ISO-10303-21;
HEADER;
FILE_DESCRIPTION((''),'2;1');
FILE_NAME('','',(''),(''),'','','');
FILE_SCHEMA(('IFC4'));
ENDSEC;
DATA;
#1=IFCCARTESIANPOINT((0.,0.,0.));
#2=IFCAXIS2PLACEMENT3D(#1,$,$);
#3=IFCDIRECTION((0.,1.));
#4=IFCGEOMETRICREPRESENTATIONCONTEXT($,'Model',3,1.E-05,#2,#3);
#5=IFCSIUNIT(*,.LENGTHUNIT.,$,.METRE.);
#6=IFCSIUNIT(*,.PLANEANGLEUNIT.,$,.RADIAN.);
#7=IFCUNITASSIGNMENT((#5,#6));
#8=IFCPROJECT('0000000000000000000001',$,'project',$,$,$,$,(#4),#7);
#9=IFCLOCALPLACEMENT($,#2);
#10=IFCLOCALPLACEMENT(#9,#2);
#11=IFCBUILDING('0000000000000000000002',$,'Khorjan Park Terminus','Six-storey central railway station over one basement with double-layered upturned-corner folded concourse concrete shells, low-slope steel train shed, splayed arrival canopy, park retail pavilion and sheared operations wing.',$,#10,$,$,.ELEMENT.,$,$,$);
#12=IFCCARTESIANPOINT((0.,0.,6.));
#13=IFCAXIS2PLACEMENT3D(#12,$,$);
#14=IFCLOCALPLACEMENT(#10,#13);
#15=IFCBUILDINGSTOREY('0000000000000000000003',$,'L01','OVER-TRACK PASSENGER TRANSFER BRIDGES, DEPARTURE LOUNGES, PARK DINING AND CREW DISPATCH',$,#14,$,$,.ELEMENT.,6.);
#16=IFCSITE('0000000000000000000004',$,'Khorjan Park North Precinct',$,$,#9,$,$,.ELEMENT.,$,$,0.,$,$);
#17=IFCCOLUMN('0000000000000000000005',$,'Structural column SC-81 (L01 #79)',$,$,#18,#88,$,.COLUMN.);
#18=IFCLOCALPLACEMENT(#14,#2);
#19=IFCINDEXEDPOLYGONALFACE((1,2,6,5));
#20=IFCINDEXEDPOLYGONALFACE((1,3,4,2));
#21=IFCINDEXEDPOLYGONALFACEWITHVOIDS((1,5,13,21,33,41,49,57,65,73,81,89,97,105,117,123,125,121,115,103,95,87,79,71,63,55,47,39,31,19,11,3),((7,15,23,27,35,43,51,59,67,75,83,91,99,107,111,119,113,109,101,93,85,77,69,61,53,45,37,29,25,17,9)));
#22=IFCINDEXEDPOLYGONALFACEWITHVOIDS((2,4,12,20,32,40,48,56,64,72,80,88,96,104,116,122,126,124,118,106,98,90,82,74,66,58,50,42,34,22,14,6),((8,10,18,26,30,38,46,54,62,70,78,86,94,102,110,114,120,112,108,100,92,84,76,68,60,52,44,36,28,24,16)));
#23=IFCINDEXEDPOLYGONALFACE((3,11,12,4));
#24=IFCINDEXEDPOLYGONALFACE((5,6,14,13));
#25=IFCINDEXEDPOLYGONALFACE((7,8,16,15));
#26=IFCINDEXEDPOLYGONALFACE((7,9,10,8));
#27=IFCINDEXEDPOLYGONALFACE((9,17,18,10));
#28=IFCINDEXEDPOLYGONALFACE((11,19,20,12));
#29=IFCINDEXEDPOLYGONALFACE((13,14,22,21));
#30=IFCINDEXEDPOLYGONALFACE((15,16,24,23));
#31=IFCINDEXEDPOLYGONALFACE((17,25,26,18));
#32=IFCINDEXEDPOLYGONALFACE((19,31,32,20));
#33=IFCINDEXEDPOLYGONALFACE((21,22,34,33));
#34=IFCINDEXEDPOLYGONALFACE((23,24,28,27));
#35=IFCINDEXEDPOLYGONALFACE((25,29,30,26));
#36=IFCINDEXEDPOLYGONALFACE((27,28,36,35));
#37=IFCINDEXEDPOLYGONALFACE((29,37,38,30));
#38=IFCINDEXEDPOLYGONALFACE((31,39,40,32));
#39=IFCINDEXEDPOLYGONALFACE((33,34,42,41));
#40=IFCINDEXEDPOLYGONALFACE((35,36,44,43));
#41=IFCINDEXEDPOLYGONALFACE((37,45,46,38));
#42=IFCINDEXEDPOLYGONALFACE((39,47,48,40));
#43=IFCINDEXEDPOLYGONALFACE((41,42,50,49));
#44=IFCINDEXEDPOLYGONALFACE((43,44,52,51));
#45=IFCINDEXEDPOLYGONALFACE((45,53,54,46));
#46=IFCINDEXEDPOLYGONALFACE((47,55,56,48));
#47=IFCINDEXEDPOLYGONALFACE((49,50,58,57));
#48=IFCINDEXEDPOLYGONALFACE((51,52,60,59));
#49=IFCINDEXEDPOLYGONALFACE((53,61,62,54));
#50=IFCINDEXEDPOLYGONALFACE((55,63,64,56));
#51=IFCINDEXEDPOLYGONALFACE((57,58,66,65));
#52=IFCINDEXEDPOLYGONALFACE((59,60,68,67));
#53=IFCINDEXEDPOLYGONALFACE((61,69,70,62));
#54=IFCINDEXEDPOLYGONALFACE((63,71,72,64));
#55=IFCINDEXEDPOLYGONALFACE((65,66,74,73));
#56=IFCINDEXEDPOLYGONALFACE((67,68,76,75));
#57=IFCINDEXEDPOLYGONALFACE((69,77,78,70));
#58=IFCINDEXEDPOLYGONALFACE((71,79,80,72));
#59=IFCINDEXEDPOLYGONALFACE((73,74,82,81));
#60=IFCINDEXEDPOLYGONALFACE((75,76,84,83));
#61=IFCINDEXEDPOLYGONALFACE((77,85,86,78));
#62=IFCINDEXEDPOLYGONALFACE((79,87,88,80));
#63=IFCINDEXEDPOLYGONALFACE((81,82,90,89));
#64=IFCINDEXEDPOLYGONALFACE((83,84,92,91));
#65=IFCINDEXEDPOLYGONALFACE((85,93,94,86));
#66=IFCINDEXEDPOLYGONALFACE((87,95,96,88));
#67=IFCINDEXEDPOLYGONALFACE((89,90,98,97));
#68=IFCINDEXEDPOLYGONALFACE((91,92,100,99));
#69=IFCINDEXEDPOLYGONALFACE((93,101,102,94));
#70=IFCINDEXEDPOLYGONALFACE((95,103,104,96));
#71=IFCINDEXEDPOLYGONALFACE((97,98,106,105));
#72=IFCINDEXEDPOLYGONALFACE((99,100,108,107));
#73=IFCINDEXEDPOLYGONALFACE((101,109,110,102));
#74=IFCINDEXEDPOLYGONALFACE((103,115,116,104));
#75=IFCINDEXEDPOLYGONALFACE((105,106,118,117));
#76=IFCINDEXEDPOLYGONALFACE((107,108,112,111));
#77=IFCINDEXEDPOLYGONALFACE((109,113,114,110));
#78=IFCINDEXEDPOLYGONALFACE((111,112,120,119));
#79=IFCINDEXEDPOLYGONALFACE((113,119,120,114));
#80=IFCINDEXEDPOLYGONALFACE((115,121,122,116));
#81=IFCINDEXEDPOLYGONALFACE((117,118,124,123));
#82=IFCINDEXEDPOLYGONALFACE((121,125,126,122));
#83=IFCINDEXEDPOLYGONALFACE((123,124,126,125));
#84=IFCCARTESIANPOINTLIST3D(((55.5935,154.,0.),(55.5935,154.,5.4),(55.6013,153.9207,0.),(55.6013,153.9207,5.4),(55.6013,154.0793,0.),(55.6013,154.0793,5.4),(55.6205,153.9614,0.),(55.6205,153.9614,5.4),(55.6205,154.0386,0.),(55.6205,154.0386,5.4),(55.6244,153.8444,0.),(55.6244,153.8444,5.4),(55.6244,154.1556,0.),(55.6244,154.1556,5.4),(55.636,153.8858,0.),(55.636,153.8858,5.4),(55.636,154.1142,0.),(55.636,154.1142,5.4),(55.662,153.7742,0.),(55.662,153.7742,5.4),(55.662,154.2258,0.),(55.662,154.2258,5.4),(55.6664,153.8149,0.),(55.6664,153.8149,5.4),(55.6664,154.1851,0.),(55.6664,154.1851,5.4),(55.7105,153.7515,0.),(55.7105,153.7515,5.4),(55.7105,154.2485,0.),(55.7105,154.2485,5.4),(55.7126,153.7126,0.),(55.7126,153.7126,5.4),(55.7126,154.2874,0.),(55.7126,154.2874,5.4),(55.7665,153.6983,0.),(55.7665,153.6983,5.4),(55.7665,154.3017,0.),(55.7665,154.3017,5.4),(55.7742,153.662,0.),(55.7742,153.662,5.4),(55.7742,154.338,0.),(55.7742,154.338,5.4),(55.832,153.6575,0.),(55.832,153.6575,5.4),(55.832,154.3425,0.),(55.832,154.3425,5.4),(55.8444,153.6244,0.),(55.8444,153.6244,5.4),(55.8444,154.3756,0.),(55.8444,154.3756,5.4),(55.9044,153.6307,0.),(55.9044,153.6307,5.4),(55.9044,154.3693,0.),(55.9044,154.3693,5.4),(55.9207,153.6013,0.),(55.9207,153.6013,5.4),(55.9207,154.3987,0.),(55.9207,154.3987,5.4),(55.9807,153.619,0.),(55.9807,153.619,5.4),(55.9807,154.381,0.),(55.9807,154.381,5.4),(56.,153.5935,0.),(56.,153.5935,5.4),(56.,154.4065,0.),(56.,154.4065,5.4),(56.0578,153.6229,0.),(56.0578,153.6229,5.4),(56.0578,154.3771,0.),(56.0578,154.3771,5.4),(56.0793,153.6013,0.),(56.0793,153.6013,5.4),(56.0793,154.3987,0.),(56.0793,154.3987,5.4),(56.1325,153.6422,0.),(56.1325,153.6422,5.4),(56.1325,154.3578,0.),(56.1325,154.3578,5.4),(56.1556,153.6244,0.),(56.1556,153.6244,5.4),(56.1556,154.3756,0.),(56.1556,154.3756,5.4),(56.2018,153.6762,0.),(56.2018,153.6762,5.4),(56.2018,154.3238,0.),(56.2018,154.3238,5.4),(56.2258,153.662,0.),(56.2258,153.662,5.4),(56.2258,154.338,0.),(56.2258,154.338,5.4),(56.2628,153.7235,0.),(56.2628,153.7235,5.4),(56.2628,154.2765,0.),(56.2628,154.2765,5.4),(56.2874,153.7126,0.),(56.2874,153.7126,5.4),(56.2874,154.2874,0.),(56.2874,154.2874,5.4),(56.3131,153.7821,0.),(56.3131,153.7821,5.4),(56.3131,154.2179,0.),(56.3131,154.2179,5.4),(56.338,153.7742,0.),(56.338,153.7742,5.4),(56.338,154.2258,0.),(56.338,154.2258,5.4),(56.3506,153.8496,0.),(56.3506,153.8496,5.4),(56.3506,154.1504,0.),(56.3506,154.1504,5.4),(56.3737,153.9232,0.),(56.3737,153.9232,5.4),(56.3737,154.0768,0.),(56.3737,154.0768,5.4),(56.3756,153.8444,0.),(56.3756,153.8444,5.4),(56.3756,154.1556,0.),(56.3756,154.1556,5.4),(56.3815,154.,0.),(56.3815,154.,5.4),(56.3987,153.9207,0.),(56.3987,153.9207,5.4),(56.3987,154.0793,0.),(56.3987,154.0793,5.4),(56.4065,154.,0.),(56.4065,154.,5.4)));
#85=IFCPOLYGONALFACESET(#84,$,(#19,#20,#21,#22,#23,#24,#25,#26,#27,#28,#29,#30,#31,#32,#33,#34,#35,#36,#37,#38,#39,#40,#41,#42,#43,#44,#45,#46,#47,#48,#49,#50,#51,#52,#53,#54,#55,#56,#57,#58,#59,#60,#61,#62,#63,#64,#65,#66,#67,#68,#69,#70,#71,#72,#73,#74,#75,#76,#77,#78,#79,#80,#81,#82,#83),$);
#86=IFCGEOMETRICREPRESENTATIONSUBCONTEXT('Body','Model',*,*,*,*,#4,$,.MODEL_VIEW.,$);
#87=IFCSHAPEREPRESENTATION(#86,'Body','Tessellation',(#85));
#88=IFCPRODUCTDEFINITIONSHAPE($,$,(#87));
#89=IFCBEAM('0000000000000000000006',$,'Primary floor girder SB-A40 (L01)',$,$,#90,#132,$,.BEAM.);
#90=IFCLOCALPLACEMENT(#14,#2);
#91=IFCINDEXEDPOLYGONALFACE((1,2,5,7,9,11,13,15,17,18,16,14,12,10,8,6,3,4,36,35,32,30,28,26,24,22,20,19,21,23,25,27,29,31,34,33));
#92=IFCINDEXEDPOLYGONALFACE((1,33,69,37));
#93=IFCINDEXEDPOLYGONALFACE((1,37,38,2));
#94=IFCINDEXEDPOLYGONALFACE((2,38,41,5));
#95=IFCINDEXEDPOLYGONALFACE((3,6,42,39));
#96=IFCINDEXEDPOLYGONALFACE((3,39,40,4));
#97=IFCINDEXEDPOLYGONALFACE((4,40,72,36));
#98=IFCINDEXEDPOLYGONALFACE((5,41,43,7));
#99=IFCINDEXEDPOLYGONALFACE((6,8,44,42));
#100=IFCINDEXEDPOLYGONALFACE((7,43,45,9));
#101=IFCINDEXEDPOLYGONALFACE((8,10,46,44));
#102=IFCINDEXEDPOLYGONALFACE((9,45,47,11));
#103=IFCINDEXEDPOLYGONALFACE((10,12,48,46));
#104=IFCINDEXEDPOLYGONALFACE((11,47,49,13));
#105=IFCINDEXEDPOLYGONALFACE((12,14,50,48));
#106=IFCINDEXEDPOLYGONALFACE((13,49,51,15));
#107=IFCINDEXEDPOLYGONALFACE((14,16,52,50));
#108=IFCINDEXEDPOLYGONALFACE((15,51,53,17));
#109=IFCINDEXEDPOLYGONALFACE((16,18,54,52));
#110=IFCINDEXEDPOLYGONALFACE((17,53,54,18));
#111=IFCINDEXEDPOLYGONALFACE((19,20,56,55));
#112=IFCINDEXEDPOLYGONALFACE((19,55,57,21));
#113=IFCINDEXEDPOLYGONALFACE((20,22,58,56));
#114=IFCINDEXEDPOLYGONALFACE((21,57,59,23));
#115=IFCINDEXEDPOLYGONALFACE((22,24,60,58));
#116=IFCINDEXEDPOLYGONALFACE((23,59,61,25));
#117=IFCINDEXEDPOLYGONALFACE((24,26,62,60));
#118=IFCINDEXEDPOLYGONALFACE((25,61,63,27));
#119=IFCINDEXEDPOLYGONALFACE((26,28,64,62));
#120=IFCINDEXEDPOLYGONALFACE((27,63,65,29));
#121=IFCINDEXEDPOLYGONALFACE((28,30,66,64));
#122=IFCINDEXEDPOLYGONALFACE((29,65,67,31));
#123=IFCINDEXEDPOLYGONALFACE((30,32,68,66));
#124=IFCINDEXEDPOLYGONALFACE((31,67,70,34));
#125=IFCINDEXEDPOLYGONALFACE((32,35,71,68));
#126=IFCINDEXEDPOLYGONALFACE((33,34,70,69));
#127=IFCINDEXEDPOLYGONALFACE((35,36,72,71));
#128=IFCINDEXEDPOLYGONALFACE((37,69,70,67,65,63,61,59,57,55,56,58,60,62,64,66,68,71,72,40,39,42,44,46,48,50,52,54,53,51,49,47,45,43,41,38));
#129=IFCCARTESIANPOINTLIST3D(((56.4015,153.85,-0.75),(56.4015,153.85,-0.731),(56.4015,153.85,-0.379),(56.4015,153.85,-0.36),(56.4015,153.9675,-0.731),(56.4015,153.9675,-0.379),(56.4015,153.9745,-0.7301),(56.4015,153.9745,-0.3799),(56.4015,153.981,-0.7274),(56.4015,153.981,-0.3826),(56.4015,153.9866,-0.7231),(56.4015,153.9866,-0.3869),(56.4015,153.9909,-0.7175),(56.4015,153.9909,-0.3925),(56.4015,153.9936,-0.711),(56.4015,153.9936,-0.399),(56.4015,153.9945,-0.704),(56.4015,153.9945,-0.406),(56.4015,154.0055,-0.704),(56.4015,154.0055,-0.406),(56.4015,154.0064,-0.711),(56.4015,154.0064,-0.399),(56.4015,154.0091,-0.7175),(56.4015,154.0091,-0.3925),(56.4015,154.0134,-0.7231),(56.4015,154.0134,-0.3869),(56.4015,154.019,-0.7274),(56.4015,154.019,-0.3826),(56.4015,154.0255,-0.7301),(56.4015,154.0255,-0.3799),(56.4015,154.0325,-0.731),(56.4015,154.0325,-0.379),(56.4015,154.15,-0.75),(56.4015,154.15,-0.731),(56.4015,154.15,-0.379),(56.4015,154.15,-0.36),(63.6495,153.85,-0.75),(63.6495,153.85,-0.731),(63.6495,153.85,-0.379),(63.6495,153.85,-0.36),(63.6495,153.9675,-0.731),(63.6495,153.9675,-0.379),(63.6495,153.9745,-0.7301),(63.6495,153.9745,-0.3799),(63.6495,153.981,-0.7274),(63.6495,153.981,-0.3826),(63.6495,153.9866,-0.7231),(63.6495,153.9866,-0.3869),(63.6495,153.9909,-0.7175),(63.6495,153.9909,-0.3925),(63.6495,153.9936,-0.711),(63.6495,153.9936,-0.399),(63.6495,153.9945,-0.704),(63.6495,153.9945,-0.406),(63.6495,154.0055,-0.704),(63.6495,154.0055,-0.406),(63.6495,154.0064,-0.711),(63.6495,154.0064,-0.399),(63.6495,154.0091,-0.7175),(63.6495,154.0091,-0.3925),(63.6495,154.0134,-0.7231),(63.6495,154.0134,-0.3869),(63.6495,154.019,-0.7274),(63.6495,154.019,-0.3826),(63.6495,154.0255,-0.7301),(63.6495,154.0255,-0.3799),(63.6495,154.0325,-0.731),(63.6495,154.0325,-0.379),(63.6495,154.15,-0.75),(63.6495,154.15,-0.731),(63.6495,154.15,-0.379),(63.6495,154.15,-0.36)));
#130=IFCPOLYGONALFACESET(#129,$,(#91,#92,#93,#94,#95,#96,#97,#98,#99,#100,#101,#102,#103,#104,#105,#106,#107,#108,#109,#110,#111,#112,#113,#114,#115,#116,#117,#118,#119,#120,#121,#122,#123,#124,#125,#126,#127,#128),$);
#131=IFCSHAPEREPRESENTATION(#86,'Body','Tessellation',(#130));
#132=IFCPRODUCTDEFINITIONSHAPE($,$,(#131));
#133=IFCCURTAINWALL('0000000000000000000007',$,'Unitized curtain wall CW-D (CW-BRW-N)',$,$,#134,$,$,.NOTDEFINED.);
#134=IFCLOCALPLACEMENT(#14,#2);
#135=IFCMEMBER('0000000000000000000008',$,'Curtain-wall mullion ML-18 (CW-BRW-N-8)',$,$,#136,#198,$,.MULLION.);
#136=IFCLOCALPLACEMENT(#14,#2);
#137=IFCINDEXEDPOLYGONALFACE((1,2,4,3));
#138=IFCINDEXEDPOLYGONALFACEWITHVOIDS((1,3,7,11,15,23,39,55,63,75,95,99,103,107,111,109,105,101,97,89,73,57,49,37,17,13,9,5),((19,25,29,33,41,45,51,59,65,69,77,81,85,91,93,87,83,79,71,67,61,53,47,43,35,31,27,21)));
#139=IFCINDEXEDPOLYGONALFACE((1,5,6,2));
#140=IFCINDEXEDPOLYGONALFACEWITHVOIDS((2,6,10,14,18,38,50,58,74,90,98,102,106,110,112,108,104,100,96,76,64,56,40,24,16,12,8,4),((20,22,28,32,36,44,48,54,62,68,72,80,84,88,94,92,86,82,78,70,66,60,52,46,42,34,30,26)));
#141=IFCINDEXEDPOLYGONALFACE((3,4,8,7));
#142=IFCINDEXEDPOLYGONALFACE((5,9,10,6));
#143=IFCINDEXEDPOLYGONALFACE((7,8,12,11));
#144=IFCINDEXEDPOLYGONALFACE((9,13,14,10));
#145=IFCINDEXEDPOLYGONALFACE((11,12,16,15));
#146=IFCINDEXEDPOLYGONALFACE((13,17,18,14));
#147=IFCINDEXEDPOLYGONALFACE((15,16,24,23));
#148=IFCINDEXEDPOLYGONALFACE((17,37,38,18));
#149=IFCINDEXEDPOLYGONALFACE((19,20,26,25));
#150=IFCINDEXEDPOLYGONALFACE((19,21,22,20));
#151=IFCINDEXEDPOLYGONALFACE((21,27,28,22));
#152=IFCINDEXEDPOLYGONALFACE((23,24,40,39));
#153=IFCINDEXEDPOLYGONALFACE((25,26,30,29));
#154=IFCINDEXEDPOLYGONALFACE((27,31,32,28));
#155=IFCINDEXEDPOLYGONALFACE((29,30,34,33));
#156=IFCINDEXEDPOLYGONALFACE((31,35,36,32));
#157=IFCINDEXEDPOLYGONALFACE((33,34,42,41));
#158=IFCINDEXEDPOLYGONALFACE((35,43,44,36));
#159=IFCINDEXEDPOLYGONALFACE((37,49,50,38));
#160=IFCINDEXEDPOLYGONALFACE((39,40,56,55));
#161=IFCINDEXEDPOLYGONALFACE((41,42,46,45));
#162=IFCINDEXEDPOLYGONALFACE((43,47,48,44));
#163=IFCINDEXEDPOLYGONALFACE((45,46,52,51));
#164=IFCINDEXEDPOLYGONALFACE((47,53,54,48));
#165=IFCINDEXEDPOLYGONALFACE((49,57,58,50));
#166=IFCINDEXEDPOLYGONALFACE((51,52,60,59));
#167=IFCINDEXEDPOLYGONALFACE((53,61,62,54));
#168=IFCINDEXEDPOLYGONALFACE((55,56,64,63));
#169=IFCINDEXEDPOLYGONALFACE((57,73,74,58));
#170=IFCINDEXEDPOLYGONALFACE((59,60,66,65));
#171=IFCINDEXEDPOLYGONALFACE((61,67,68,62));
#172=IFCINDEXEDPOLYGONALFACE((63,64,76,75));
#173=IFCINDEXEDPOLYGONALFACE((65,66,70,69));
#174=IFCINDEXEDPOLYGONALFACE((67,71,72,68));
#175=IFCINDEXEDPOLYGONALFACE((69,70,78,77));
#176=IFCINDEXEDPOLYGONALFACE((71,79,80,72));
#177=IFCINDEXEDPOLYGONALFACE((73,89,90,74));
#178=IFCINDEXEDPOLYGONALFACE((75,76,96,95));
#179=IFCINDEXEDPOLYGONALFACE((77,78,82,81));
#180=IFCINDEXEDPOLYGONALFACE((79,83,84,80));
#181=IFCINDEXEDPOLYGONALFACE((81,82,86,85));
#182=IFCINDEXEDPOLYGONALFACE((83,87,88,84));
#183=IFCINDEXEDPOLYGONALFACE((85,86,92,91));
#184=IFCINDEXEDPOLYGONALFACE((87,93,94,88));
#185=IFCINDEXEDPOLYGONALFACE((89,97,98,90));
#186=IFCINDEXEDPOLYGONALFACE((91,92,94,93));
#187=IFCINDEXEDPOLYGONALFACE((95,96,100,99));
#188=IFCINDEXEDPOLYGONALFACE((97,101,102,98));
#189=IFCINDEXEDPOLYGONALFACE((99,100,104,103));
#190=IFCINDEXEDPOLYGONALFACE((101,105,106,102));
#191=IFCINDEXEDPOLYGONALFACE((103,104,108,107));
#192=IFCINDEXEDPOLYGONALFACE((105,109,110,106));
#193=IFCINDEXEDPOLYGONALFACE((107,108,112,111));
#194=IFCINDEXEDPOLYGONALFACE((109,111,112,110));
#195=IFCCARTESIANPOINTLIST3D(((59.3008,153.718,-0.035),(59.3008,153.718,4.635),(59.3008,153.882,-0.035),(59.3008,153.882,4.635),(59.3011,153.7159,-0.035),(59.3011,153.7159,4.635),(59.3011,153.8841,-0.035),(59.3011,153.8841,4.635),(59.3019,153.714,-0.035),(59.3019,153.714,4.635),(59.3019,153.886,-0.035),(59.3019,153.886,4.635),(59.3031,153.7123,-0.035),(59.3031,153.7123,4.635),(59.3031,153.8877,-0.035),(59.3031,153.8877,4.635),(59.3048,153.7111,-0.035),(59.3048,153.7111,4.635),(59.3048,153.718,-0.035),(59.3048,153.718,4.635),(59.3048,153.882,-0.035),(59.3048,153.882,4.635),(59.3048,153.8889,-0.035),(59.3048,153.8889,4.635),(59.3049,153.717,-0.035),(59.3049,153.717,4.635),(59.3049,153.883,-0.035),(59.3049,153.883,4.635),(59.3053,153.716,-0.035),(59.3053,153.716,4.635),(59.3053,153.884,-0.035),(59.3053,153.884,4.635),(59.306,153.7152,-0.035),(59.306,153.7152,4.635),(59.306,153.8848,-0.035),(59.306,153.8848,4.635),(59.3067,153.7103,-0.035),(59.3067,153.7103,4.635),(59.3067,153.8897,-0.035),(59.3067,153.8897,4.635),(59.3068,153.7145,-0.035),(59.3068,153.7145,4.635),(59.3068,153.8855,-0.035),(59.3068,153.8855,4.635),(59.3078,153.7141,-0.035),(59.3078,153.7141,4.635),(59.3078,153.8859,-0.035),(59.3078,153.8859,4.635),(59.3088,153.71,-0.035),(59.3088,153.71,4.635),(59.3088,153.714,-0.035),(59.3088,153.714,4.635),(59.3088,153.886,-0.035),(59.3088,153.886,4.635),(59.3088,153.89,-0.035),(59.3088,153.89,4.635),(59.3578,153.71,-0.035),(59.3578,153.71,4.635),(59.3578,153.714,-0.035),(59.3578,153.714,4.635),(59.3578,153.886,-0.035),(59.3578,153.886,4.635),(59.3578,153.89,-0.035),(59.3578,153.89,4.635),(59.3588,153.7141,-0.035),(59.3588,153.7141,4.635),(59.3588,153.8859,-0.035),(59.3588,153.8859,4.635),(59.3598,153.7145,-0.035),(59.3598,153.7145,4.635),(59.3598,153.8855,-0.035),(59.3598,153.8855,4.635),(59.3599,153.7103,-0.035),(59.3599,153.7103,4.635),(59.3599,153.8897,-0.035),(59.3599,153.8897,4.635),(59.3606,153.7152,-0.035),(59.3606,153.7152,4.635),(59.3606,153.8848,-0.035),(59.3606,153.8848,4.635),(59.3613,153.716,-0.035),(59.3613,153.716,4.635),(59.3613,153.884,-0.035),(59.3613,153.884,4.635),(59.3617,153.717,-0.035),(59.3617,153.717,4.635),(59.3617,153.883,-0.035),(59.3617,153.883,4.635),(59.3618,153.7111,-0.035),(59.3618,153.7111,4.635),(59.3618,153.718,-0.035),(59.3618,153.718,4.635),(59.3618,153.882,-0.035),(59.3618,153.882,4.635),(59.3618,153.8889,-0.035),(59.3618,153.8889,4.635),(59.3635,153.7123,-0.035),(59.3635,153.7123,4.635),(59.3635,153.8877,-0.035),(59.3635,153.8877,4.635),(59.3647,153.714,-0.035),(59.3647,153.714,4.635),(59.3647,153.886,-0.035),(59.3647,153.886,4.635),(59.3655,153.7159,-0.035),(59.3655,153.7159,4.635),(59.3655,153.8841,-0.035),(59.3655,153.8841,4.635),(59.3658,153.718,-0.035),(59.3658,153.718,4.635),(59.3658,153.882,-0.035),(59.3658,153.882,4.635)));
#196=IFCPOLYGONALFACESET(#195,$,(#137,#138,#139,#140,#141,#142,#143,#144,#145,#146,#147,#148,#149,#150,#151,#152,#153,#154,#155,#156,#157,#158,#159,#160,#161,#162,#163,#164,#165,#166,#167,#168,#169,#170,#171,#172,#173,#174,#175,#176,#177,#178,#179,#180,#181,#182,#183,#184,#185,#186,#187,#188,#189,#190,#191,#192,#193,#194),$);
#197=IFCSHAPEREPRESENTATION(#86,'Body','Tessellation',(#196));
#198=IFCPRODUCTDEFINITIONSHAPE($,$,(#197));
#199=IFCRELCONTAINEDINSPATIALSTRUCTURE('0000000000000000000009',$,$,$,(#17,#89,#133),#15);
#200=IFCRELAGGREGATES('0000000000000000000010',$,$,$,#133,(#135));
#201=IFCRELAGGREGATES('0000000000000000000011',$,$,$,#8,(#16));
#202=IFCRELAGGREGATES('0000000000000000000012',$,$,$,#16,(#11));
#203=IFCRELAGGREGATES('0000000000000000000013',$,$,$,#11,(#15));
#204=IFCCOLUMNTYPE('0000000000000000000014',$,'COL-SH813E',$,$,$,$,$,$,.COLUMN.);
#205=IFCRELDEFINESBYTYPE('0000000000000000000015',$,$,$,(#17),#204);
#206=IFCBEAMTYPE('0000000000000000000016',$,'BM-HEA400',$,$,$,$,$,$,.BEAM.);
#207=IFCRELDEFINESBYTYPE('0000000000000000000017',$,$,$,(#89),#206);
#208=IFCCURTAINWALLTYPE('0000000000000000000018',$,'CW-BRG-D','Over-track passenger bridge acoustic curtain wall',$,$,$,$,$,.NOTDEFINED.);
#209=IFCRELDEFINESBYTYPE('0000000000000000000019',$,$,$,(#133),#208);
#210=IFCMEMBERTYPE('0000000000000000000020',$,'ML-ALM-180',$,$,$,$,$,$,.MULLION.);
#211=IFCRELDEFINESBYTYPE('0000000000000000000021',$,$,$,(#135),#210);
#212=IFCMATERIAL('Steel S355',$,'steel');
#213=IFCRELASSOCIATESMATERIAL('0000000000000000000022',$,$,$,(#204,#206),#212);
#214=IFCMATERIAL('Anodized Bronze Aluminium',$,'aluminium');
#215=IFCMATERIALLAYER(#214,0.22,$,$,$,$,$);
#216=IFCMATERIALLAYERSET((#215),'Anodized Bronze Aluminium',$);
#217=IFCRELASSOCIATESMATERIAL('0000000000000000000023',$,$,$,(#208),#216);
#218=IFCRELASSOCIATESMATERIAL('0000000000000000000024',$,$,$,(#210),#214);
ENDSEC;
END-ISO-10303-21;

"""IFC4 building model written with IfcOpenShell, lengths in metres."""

from ifc_helpers import new_model, si_unit, direction, frame, origin, origin_2d, place, context, subcontext, project, spatial, hollow_rectangle, hollow_circle, i_section, extrude, material, layer, layer_set, material_profile, profile_set, type_object, element, aggregate, save


model = new_model("IFC4")

# Units and contexts
model_context = context("Model", 3, precision=1e-05, world=origin(), true_north=direction((0.0, 1.0)))
body_context = subcontext(model_context, "Body", "Model", "MODEL_VIEW")
ifc_project = project(units=[si_unit("LENGTHUNIT", "METRE"), si_unit("PLANEANGLEUNIT", "RADIAN")], contexts=[model_context])

# Site, building, storey
site_placement = place(None, origin())
site = spatial("IfcSite", under=ifc_project, at=site_placement, Name="Khorjan Park North Precinct", CompositionType="ELEMENT", RefElevation=0.0)
building_placement = place(site_placement, origin())
building = spatial("IfcBuilding", under=site, at=building_placement, Name="Khorjan Park Terminus", Description="Six-storey central railway station over one basement with double-layered upturned-corner folded concourse concrete shells, low-slope steel train shed, splayed arrival canopy, park retail pavilion and sheared operations wing.", CompositionType="ELEMENT")
storey_placement = place(building_placement, frame((0.0, 0.0, 6.0)))
storey = spatial("IfcBuildingStorey", under=building, at=storey_placement, Name="L01", Description="OVER-TRACK PASSENGER TRANSFER BRIDGES, DEPARTURE LOUNGES, PARK DINING AND CREW DISPATCH", CompositionType="ELEMENT", Elevation=6.0)

# Column
ifc_material_1 = material(Name="Steel S355", Category="steel")
ifc_material_profile_1 = material_profile(ifc_material_1, hollow_circle(Radius=0.4065, WallThickness=0.025, at=origin_2d()), Name="CHS 813x25")
ifc_profile_set_1 = profile_set([ifc_material_profile_1], Name="Steel S355")
column_type = type_object("IfcColumnType", Name="COL-SH813E", PredefinedType="COLUMN", material=ifc_profile_set_1)
column_placement = place(storey_placement, frame((56.0, 154.0, 0.0), z_axis=(0.0, 0.0, 1.0), x_axis=(1.0, 0.0, 0.0)))
element("IfcColumn", 1, at=column_placement, inside=storey, type_object=column_type, Name="Structural column SC-81 (L01 #79)", PredefinedType="COLUMN", context=body_context, shape_type="SweptSolid", body=[
    extrude(hollow_circle(Radius=0.4065, WallThickness=0.025, at=origin_2d()), origin(), (0.0, 0.0, 1.0), 5.4),
])

# Beam
ifc_material_profile_2 = material_profile(ifc_material_1, i_section(OverallWidth=0.3, OverallDepth=0.39, WebThickness=0.011, FlangeThickness=0.019, FilletRadius=0.027, at=origin_2d()), Name="HEA 400")
ifc_profile_set_2 = profile_set([ifc_material_profile_2], Name="Steel S355")
beam_type = type_object("IfcBeamType", Name="BM-HEA400", PredefinedType="BEAM", material=ifc_profile_set_2)
beam_placement = place(storey_placement, frame((56.4015, 154.0, -0.555), z_axis=(1.0, 0.0, 0.0), x_axis=(0.0, 1.0, 0.0)))
element("IfcBeam", 2, at=beam_placement, inside=storey, type_object=beam_type, Name="Primary floor girder SB-A40 (L01)", PredefinedType="BEAM", context=body_context, shape_type="SweptSolid", body=[
    extrude(i_section(OverallWidth=0.3, OverallDepth=0.39, WebThickness=0.011, FlangeThickness=0.019, FilletRadius=0.027, at=origin_2d()), origin(), (0.0, 0.0, 1.0), 7.248),
])

# Curtain wall, member
ifc_material_2 = material(Name="Anodized Bronze Aluminium", Category="aluminium")
ifc_layer_1 = layer(ifc_material_2, 0.22)
ifc_layer_set_1 = layer_set([ifc_layer_1], Name="Anodized Bronze Aluminium")
curtain_wall_type = type_object("IfcCurtainWallType", Name="CW-BRG-D", Description="Over-track passenger bridge acoustic curtain wall", PredefinedType="NOTDEFINED", material=ifc_layer_set_1)
curtain_wall_1_placement = place(storey_placement, origin())
curtain_wall_1 = element("IfcCurtainWall", 3, at=curtain_wall_1_placement, inside=storey, type_object=curtain_wall_type, Name="Unitized curtain wall CW-D (CW-BRW-N)", PredefinedType="NOTDEFINED")
ifc_material_profile_3 = material_profile(ifc_material_2, hollow_rectangle(XDim=0.065, YDim=0.18, WallThickness=0.004, InnerFilletRadius=0.004, OuterFilletRadius=0.008, at=origin_2d()), Name="ALM 65x180x4")
ifc_profile_set_3 = profile_set([ifc_material_profile_3], Name="Anodized Bronze Aluminium")
member_type_1 = type_object("IfcMemberType", Name="ML-ALM-180", PredefinedType="MULLION", material=ifc_profile_set_3)
member_1_placement = place(storey_placement, frame((59.3333, 153.8, -0.035), z_axis=(0.0, 0.0, 1.0), x_axis=(-1.0, 0.0, 0.0)))
member_1 = element("IfcMember", 4, at=member_1_placement, type_object=member_type_1, Name="Curtain-wall mullion ML-18 (CW-BRW-N-8)", PredefinedType="MULLION", context=body_context, shape_type="SweptSolid", body=[
    extrude(hollow_rectangle(XDim=0.065, YDim=0.18, WallThickness=0.004, InnerFilletRadius=0.004, OuterFilletRadius=0.008, at=origin_2d()), origin(), (0.0, 0.0, 1.0), 4.67),
])

aggregate(curtain_wall_1, [member_1])

save(model, "model.ifc")
